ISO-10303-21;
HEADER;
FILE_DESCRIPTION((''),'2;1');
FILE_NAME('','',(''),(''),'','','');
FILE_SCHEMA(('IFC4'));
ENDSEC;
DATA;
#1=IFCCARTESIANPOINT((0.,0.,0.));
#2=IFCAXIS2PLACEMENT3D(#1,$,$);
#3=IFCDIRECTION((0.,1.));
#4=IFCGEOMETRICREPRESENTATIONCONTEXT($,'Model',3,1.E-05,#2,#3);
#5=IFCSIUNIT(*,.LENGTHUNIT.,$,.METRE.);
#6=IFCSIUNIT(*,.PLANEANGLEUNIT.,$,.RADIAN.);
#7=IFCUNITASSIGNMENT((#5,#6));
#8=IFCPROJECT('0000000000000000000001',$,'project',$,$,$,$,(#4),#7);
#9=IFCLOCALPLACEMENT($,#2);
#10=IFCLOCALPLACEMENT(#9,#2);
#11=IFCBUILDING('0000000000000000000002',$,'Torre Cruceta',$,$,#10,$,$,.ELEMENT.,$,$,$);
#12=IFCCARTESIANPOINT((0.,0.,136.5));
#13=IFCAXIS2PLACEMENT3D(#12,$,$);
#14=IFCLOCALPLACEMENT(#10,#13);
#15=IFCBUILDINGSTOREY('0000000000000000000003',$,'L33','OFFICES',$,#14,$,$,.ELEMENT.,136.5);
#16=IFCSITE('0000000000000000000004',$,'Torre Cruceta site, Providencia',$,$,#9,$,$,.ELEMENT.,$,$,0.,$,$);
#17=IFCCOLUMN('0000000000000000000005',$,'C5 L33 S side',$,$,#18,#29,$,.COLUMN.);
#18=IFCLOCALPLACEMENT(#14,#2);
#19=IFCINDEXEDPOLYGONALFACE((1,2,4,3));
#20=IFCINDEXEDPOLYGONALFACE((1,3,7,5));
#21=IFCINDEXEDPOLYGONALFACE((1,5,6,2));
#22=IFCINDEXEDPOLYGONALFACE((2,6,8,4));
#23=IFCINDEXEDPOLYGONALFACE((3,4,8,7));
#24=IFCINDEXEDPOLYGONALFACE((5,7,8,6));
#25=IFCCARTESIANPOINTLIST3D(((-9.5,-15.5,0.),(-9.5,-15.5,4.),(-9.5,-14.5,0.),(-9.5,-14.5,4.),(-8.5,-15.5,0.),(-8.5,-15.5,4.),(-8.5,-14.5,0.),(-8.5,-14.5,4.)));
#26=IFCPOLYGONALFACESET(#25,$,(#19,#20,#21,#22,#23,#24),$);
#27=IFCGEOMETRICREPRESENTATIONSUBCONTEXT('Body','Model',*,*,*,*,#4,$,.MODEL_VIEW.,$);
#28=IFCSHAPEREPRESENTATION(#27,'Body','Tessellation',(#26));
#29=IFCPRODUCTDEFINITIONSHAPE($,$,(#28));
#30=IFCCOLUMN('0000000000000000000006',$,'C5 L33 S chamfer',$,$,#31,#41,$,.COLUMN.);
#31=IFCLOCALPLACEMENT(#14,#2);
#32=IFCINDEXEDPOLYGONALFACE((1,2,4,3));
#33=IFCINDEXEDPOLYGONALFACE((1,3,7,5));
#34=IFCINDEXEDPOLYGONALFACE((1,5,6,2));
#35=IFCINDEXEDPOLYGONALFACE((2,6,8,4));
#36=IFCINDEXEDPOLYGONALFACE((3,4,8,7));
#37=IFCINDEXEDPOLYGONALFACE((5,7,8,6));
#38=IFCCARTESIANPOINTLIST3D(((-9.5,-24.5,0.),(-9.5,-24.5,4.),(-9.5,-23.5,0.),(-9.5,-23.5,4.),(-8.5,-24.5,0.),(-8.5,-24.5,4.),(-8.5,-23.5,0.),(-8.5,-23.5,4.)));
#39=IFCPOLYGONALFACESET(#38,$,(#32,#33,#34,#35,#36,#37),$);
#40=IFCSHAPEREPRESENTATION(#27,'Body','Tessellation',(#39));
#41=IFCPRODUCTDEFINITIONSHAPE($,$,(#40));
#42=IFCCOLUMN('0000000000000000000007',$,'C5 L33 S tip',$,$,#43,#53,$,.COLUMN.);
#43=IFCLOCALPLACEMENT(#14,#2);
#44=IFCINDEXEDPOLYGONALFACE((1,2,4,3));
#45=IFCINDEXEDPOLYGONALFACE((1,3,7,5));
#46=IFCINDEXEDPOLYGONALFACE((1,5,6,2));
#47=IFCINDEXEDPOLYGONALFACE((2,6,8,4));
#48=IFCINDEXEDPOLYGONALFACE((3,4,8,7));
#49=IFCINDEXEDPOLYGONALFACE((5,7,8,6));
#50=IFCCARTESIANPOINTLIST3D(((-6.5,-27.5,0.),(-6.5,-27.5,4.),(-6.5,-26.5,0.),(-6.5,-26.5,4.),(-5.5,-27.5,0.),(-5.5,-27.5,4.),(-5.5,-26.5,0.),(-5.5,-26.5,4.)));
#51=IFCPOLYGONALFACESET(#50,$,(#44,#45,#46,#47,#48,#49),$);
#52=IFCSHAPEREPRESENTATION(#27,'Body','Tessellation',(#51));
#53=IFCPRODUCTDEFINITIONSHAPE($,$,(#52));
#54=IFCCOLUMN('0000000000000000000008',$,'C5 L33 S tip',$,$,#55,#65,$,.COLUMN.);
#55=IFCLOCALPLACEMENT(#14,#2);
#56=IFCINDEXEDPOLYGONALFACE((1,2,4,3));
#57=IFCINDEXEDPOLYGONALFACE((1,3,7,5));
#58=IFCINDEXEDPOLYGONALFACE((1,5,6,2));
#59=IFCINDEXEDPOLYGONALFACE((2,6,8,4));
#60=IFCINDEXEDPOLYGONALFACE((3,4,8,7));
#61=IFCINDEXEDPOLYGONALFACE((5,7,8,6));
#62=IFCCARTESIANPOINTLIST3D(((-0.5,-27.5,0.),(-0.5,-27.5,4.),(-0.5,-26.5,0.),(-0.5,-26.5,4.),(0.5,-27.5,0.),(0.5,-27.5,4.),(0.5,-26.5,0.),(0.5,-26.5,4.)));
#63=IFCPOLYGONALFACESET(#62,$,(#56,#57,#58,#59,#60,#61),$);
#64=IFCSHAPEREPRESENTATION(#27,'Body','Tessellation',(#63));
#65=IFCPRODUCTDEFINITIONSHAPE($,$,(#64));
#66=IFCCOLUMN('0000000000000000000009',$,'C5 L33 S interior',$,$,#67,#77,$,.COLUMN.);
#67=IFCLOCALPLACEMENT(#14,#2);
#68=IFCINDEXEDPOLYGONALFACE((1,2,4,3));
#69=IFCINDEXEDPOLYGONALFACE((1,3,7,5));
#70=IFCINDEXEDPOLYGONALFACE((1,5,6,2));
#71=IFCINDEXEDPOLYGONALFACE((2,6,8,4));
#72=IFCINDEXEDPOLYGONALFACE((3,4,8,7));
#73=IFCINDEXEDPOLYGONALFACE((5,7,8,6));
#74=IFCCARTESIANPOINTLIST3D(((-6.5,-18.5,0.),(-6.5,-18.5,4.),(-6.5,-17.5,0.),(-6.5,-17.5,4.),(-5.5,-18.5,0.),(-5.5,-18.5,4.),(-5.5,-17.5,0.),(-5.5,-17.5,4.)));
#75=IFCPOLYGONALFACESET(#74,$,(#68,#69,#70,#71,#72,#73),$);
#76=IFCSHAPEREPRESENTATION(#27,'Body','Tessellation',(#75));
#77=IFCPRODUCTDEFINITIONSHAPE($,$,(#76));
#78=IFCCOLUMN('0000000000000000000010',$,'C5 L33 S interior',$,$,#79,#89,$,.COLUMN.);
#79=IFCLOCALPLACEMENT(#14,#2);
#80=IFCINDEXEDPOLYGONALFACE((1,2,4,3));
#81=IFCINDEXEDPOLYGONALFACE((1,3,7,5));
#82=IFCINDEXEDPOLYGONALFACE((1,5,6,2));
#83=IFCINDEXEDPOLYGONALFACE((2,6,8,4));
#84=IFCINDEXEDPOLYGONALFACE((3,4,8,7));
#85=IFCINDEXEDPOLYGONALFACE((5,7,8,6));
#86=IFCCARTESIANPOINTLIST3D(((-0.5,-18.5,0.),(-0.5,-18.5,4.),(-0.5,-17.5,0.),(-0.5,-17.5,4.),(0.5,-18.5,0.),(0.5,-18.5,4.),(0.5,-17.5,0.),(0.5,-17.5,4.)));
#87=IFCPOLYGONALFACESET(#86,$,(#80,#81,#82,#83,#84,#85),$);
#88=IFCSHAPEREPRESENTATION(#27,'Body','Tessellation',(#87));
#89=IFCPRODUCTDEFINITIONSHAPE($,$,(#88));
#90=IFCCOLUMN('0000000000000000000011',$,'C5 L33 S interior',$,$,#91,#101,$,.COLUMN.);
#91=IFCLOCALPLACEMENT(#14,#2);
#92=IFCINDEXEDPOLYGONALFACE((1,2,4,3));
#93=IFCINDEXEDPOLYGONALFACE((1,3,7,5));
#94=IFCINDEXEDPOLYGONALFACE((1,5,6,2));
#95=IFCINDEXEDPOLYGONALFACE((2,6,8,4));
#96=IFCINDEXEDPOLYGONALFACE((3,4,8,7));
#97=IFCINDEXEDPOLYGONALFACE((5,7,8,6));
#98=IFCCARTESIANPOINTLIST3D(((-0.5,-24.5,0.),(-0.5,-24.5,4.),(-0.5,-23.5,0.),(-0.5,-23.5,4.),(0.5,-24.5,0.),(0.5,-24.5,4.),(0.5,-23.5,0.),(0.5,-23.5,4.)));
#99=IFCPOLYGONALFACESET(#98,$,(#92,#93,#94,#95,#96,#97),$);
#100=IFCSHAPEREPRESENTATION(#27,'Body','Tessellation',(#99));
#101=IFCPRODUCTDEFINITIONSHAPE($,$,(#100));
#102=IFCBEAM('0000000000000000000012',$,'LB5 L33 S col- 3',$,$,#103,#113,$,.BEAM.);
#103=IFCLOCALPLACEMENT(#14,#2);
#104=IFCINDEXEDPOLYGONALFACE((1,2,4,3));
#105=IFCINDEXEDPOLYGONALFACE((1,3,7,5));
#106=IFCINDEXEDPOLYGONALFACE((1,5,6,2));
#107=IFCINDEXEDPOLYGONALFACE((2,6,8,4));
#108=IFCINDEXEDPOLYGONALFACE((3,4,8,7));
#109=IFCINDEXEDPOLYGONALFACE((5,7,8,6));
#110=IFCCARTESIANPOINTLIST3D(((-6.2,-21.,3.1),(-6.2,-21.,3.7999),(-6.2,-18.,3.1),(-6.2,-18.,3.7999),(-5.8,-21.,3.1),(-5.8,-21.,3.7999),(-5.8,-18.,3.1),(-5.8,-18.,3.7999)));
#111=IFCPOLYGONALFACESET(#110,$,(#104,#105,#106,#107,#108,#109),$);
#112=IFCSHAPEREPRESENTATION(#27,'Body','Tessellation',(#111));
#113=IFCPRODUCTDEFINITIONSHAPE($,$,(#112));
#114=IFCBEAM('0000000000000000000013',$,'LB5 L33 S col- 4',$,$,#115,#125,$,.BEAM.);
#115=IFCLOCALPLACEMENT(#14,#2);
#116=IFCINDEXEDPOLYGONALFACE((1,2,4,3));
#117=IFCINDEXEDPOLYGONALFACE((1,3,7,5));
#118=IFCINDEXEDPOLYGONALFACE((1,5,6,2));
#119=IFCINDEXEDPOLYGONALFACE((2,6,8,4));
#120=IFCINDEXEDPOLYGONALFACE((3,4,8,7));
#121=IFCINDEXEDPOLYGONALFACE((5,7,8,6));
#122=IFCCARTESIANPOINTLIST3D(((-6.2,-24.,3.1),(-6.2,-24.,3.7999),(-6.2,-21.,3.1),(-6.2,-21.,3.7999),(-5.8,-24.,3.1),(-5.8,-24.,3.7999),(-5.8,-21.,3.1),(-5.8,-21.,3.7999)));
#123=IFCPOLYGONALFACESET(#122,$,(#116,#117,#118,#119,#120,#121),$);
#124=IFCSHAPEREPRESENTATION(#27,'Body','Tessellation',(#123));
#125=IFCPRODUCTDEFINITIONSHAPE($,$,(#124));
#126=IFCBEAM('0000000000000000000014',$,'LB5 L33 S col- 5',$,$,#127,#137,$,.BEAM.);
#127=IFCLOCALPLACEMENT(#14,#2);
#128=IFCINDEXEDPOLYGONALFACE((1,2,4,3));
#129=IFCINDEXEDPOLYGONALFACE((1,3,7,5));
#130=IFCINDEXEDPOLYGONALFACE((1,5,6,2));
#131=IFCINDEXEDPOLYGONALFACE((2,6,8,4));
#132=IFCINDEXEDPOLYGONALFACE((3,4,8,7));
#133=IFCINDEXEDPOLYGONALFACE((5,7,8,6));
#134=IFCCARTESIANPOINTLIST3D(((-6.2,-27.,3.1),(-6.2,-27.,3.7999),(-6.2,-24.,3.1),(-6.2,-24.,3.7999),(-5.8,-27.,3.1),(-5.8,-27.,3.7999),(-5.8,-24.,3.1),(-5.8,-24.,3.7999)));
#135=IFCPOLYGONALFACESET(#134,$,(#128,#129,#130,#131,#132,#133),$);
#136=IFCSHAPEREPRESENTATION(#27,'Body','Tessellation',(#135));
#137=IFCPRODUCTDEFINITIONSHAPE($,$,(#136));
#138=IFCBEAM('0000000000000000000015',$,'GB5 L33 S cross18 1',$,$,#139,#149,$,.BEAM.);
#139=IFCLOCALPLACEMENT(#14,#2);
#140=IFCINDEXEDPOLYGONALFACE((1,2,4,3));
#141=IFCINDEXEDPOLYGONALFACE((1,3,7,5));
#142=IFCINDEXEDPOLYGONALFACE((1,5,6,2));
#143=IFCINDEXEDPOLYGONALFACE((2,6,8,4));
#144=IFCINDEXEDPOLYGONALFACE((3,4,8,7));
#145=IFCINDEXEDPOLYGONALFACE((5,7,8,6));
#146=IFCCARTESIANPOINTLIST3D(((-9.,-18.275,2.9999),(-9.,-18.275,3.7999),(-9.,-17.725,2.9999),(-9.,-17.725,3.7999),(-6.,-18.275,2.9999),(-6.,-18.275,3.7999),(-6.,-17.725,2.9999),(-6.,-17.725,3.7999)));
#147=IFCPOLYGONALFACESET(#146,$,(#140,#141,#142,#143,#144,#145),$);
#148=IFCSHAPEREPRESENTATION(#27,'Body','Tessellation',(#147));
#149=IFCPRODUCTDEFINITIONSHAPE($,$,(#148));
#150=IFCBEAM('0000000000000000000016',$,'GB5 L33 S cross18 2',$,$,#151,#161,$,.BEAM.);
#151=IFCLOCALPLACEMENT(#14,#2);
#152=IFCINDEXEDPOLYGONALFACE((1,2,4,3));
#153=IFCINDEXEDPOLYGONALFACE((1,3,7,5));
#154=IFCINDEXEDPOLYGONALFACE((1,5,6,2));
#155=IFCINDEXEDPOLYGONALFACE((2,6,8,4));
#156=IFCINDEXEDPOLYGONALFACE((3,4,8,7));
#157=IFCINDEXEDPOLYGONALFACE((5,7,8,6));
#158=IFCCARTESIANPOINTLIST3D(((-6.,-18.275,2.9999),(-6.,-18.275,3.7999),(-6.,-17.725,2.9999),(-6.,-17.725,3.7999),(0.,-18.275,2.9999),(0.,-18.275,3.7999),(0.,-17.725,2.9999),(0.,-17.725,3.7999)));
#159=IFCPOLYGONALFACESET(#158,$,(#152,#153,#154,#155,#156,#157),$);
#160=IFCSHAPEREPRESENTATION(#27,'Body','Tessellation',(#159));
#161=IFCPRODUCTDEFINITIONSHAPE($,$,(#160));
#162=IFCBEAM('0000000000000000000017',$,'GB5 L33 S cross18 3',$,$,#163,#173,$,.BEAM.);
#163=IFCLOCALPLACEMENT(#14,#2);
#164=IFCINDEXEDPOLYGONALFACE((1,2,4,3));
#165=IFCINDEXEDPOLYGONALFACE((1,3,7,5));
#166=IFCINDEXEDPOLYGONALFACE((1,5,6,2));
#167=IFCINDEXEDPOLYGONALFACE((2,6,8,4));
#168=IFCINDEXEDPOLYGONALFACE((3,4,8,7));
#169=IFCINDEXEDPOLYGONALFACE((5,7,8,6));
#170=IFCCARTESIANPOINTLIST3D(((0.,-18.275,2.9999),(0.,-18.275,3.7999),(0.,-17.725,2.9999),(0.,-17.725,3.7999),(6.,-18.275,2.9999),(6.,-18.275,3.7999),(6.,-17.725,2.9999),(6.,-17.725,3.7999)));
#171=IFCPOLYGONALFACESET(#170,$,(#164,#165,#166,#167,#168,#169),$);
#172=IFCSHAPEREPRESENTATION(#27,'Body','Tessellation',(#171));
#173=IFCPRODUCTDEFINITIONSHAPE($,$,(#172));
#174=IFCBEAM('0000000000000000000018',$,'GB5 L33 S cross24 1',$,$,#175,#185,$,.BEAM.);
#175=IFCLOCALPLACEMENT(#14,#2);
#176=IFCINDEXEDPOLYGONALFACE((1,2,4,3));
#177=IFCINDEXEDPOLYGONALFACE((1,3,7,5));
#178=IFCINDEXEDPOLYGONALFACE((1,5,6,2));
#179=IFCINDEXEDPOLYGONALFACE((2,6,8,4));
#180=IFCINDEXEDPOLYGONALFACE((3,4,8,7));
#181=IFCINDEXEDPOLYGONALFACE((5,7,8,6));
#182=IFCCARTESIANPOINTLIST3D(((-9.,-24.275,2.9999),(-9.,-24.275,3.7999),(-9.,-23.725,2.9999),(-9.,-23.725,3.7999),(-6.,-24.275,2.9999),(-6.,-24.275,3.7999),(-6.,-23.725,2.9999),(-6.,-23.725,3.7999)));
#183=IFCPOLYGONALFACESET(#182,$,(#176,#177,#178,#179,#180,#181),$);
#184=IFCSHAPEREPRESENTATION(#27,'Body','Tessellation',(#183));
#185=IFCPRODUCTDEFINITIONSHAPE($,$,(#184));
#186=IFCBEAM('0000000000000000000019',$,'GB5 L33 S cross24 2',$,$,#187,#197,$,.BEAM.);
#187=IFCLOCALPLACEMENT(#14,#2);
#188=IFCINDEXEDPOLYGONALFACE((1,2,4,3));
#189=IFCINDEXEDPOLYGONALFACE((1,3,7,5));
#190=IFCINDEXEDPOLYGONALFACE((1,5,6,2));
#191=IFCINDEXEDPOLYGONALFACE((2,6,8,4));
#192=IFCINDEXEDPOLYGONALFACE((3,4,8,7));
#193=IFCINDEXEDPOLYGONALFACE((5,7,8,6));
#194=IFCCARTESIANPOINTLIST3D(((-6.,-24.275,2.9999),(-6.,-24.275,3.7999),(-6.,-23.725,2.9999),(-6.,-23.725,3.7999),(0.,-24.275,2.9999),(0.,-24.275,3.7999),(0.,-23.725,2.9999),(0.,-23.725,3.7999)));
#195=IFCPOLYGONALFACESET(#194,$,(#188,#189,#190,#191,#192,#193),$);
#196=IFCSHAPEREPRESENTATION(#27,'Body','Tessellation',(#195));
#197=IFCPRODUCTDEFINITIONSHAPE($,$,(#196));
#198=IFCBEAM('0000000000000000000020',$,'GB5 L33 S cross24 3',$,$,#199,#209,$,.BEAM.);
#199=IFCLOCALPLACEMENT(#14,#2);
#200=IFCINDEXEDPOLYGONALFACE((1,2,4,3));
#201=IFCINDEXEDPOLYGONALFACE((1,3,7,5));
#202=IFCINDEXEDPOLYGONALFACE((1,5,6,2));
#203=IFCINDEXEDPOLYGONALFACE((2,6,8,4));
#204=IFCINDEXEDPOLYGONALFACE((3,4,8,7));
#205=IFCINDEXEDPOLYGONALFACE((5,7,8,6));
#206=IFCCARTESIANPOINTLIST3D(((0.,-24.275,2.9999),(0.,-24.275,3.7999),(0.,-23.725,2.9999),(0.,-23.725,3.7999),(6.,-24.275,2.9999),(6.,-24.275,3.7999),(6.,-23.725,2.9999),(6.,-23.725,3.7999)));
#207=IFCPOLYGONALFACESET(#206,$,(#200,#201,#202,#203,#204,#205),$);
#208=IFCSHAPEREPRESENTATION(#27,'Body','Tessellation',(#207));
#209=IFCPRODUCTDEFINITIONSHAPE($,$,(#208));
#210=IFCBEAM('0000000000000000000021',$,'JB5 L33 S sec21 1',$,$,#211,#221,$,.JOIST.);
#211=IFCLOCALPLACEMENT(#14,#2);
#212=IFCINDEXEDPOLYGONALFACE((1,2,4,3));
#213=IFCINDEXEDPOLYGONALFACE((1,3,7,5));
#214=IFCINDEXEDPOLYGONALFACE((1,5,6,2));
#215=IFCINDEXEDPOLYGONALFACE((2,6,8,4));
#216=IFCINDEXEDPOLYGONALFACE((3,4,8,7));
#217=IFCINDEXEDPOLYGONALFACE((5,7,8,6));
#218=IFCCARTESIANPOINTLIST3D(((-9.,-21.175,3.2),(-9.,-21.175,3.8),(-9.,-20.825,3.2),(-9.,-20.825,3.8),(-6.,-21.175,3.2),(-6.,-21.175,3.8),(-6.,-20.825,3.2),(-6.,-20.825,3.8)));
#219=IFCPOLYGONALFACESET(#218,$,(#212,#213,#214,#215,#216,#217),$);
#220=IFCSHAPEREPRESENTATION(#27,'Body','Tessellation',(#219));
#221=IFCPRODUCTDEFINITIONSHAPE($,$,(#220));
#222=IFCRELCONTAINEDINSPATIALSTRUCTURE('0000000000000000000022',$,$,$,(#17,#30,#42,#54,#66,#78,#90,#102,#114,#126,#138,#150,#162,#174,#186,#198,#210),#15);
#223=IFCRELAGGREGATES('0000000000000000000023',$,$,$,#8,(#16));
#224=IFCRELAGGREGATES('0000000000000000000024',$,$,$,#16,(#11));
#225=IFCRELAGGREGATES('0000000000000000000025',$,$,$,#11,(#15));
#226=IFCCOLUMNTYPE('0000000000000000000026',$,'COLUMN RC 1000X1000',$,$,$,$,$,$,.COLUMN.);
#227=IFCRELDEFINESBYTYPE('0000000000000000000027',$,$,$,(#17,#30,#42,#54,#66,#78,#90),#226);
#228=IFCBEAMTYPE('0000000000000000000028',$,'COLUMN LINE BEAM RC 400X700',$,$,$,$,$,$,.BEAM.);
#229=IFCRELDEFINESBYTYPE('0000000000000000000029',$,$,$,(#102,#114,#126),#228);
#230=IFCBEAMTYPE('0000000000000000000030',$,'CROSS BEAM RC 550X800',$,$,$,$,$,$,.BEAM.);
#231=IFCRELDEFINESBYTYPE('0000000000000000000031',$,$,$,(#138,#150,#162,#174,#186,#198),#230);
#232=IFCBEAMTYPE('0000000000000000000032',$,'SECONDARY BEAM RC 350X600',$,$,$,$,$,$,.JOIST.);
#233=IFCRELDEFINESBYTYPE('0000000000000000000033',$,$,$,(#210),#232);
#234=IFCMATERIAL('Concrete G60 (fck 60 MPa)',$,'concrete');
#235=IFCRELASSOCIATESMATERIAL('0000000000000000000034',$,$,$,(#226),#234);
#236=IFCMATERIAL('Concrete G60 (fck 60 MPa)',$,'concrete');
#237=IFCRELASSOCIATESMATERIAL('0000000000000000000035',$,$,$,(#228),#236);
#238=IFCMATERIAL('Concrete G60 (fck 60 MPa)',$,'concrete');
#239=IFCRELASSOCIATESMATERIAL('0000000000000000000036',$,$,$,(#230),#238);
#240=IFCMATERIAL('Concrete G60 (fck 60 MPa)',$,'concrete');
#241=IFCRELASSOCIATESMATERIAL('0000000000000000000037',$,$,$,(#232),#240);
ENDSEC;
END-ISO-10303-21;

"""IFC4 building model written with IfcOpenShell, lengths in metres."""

from ifc_helpers import new_model, si_unit, direction, frame, origin, origin_2d, place, context, subcontext, project, spatial, rectangle, extrude, material, material_profile, profile_set, type_object, element, save


model = new_model("IFC4")

# Units and contexts
model_context = context("Model", 3, precision=1e-05, world=origin(), true_north=direction((0.0, 1.0)))
body_context = subcontext(model_context, "Body", "Model", "MODEL_VIEW")
ifc_project = project(units=[si_unit("LENGTHUNIT", "METRE"), si_unit("PLANEANGLEUNIT", "RADIAN")], contexts=[model_context])

# Site, building, storey
site_placement = place(None, origin())
site = spatial("IfcSite", under=ifc_project, at=site_placement, Name="Torre Cruceta site, Providencia", CompositionType="ELEMENT", RefElevation=0.0)
building_placement = place(site_placement, origin())
building = spatial("IfcBuilding", under=site, at=building_placement, Name="Torre Cruceta", CompositionType="ELEMENT")
storey_placement = place(building_placement, frame((0.0, 0.0, 136.5)))
storey = spatial("IfcBuildingStorey", under=building, at=storey_placement, Name="L33", Description="OFFICES", CompositionType="ELEMENT", Elevation=136.5)

# Columns
ifc_material_1 = material(Name="Concrete G60 (fck 60 MPa)", Category="concrete")
ifc_material_profile_1 = material_profile(ifc_material_1, rectangle(XDim=1.0, YDim=1.0, at=origin_2d()), Name="RC 1000X1000")
ifc_profile_set_1 = profile_set([ifc_material_profile_1], Name="Concrete G60 (fck 60 MPa)")
column_type = type_object("IfcColumnType", Name="COLUMN RC 1000X1000", PredefinedType="COLUMN", material=ifc_profile_set_1)
for number, where, z_axis, x_axis, name in (
    (1, (-9.0, -15.0, 0.0), (0.0, 0.0, 1.0), (1.0, 0.0, 0.0), "C5 L33 S side"),
    (2, (-9.0, -24.0, 0.0), (0.0, 0.0, 1.0), (1.0, 0.0, 0.0), "C5 L33 S chamfer"),
    (3, (-6.0, -27.0, 0.0), (0.0, 0.0, 1.0), (1.0, 0.0, 0.0), "C5 L33 S tip"),
    (4, (0.0, -27.0, 0.0), (0.0, 0.0, 1.0), (1.0, 0.0, 0.0), "C5 L33 S tip"),
    (5, (-6.0, -18.0, 0.0), (0.0, 0.0, 1.0), (1.0, 0.0, 0.0), "C5 L33 S interior"),
    (6, (0.0, -18.0, 0.0), (0.0, 0.0, 1.0), (1.0, 0.0, 0.0), "C5 L33 S interior"),
    (7, (0.0, -24.0, 0.0), (0.0, 0.0, 1.0), (1.0, 0.0, 0.0), "C5 L33 S interior"),
):
    element("IfcColumn", number, at=place(storey_placement, frame(where, z_axis=z_axis, x_axis=x_axis)), inside=storey, type_object=column_type, Name=name, PredefinedType="COLUMN", context=body_context, shape_type="SweptSolid", body=[
        extrude(rectangle(XDim=1.0, YDim=1.0, at=origin_2d()), origin(), (0.0, 0.0, 1.0), 4.0),
    ])

# Beams
ifc_material_2 = material(Name="Concrete G60 (fck 60 MPa)", Category="concrete")
ifc_material_profile_2 = material_profile(ifc_material_2, rectangle(XDim=0.3999, YDim=0.7, at=origin_2d()), Name="RC 400X700")
ifc_profile_set_2 = profile_set([ifc_material_profile_2], Name="Concrete G60 (fck 60 MPa)")
beam_type_1 = type_object("IfcBeamType", Name="COLUMN LINE BEAM RC 400X700", PredefinedType="BEAM", material=ifc_profile_set_2)
for number, where, z_axis, x_axis, name in (
    (8, (-6.0, -18.0, 3.45), (0.0, -1.0, 0.0), (1.0, 0.0, 0.0), "LB5 L33 S col- 3"),
    (9, (-6.0, -21.0, 3.45), (0.0, -1.0, 0.0), (1.0, 0.0, 0.0), "LB5 L33 S col- 4"),
    (10, (-6.0, -24.0, 3.45), (0.0, -1.0, 0.0), (1.0, 0.0, 0.0), "LB5 L33 S col- 5"),
):
    element("IfcBeam", number, at=place(storey_placement, frame(where, z_axis=z_axis, x_axis=x_axis)), inside=storey, type_object=beam_type_1, Name=name, PredefinedType="BEAM", context=body_context, shape_type="SweptSolid", body=[
        extrude(rectangle(XDim=0.3999, YDim=0.7, at=origin_2d()), origin(), (0.0, 0.0, 1.0), 3.0),
    ])
ifc_material_3 = material(Name="Concrete G60 (fck 60 MPa)", Category="concrete")
ifc_material_profile_3 = material_profile(ifc_material_3, rectangle(XDim=0.55, YDim=0.8, at=origin_2d()), Name="RC 550X800")
ifc_profile_set_3 = profile_set([ifc_material_profile_3], Name="Concrete G60 (fck 60 MPa)")
beam_type_2 = type_object("IfcBeamType", Name="CROSS BEAM RC 550X800", PredefinedType="BEAM", material=ifc_profile_set_3)
beam_1_placement = place(storey_placement, frame((-9.0, -18.0, 3.3999), z_axis=(1.0, 0.0, 0.0), x_axis=(0.0, 1.0, 0.0)))
element("IfcBeam", 11, at=beam_1_placement, inside=storey, type_object=beam_type_2, Name="GB5 L33 S cross18 1", PredefinedType="BEAM", context=body_context, shape_type="SweptSolid", body=[
    extrude(rectangle(XDim=0.55, YDim=0.8, at=origin_2d()), origin(), (0.0, 0.0, 1.0), 3.0),
])
for number, where, z_axis, x_axis, name in (
    (12, (-6.0, -18.0, 3.3999), (1.0, 0.0, 0.0), (0.0, 1.0, 0.0), "GB5 L33 S cross18 2"),
    (13, (0.0, -18.0, 3.3999), (1.0, 0.0, 0.0), (0.0, 1.0, 0.0), "GB5 L33 S cross18 3"),
):
    element("IfcBeam", number, at=place(storey_placement, frame(where, z_axis=z_axis, x_axis=x_axis)), inside=storey, type_object=beam_type_2, Name=name, PredefinedType="BEAM", context=body_context, shape_type="SweptSolid", body=[
        extrude(rectangle(XDim=0.55, YDim=0.8, at=origin_2d()), origin(), (0.0, 0.0, 1.0), 6.0),
    ])
beam_2_placement = place(storey_placement, frame((-9.0, -24.0, 3.3999), z_axis=(1.0, 0.0, 0.0), x_axis=(0.0, 1.0, 0.0)))
element("IfcBeam", 14, at=beam_2_placement, inside=storey, type_object=beam_type_2, Name="GB5 L33 S cross24 1", PredefinedType="BEAM", context=body_context, shape_type="SweptSolid", body=[
    extrude(rectangle(XDim=0.55, YDim=0.8, at=origin_2d()), origin(), (0.0, 0.0, 1.0), 3.0),
])
for number, where, z_axis, x_axis, name in (
    (15, (-6.0, -24.0, 3.3999), (1.0, 0.0, 0.0), (0.0, 1.0, 0.0), "GB5 L33 S cross24 2"),
    (16, (0.0, -24.0, 3.3999), (1.0, 0.0, 0.0), (0.0, 1.0, 0.0), "GB5 L33 S cross24 3"),
):
    element("IfcBeam", number, at=place(storey_placement, frame(where, z_axis=z_axis, x_axis=x_axis)), inside=storey, type_object=beam_type_2, Name=name, PredefinedType="BEAM", context=body_context, shape_type="SweptSolid", body=[
        extrude(rectangle(XDim=0.55, YDim=0.8, at=origin_2d()), origin(), (0.0, 0.0, 1.0), 6.0),
    ])
ifc_material_4 = material(Name="Concrete G60 (fck 60 MPa)", Category="concrete")
ifc_material_profile_4 = material_profile(ifc_material_4, rectangle(XDim=0.3501, YDim=0.6001, at=origin_2d()), Name="RC 350X600")
ifc_profile_set_4 = profile_set([ifc_material_profile_4], Name="Concrete G60 (fck 60 MPa)")
beam_type_3 = type_object("IfcBeamType", Name="SECONDARY BEAM RC 350X600", PredefinedType="JOIST", material=ifc_profile_set_4)
beam_3_placement = place(storey_placement, frame((-9.0, -21.0, 3.5), z_axis=(1.0, 0.0, 0.0), x_axis=(0.0, 1.0, 0.0)))
element("IfcBeam", 17, at=beam_3_placement, inside=storey, type_object=beam_type_3, Name="JB5 L33 S sec21 1", PredefinedType="JOIST", context=body_context, shape_type="SweptSolid", body=[
    extrude(rectangle(XDim=0.3501, YDim=0.6001, at=origin_2d()), origin(), (0.0, 0.0, 1.0), 3.0),
])

save(model, "model.ifc")
